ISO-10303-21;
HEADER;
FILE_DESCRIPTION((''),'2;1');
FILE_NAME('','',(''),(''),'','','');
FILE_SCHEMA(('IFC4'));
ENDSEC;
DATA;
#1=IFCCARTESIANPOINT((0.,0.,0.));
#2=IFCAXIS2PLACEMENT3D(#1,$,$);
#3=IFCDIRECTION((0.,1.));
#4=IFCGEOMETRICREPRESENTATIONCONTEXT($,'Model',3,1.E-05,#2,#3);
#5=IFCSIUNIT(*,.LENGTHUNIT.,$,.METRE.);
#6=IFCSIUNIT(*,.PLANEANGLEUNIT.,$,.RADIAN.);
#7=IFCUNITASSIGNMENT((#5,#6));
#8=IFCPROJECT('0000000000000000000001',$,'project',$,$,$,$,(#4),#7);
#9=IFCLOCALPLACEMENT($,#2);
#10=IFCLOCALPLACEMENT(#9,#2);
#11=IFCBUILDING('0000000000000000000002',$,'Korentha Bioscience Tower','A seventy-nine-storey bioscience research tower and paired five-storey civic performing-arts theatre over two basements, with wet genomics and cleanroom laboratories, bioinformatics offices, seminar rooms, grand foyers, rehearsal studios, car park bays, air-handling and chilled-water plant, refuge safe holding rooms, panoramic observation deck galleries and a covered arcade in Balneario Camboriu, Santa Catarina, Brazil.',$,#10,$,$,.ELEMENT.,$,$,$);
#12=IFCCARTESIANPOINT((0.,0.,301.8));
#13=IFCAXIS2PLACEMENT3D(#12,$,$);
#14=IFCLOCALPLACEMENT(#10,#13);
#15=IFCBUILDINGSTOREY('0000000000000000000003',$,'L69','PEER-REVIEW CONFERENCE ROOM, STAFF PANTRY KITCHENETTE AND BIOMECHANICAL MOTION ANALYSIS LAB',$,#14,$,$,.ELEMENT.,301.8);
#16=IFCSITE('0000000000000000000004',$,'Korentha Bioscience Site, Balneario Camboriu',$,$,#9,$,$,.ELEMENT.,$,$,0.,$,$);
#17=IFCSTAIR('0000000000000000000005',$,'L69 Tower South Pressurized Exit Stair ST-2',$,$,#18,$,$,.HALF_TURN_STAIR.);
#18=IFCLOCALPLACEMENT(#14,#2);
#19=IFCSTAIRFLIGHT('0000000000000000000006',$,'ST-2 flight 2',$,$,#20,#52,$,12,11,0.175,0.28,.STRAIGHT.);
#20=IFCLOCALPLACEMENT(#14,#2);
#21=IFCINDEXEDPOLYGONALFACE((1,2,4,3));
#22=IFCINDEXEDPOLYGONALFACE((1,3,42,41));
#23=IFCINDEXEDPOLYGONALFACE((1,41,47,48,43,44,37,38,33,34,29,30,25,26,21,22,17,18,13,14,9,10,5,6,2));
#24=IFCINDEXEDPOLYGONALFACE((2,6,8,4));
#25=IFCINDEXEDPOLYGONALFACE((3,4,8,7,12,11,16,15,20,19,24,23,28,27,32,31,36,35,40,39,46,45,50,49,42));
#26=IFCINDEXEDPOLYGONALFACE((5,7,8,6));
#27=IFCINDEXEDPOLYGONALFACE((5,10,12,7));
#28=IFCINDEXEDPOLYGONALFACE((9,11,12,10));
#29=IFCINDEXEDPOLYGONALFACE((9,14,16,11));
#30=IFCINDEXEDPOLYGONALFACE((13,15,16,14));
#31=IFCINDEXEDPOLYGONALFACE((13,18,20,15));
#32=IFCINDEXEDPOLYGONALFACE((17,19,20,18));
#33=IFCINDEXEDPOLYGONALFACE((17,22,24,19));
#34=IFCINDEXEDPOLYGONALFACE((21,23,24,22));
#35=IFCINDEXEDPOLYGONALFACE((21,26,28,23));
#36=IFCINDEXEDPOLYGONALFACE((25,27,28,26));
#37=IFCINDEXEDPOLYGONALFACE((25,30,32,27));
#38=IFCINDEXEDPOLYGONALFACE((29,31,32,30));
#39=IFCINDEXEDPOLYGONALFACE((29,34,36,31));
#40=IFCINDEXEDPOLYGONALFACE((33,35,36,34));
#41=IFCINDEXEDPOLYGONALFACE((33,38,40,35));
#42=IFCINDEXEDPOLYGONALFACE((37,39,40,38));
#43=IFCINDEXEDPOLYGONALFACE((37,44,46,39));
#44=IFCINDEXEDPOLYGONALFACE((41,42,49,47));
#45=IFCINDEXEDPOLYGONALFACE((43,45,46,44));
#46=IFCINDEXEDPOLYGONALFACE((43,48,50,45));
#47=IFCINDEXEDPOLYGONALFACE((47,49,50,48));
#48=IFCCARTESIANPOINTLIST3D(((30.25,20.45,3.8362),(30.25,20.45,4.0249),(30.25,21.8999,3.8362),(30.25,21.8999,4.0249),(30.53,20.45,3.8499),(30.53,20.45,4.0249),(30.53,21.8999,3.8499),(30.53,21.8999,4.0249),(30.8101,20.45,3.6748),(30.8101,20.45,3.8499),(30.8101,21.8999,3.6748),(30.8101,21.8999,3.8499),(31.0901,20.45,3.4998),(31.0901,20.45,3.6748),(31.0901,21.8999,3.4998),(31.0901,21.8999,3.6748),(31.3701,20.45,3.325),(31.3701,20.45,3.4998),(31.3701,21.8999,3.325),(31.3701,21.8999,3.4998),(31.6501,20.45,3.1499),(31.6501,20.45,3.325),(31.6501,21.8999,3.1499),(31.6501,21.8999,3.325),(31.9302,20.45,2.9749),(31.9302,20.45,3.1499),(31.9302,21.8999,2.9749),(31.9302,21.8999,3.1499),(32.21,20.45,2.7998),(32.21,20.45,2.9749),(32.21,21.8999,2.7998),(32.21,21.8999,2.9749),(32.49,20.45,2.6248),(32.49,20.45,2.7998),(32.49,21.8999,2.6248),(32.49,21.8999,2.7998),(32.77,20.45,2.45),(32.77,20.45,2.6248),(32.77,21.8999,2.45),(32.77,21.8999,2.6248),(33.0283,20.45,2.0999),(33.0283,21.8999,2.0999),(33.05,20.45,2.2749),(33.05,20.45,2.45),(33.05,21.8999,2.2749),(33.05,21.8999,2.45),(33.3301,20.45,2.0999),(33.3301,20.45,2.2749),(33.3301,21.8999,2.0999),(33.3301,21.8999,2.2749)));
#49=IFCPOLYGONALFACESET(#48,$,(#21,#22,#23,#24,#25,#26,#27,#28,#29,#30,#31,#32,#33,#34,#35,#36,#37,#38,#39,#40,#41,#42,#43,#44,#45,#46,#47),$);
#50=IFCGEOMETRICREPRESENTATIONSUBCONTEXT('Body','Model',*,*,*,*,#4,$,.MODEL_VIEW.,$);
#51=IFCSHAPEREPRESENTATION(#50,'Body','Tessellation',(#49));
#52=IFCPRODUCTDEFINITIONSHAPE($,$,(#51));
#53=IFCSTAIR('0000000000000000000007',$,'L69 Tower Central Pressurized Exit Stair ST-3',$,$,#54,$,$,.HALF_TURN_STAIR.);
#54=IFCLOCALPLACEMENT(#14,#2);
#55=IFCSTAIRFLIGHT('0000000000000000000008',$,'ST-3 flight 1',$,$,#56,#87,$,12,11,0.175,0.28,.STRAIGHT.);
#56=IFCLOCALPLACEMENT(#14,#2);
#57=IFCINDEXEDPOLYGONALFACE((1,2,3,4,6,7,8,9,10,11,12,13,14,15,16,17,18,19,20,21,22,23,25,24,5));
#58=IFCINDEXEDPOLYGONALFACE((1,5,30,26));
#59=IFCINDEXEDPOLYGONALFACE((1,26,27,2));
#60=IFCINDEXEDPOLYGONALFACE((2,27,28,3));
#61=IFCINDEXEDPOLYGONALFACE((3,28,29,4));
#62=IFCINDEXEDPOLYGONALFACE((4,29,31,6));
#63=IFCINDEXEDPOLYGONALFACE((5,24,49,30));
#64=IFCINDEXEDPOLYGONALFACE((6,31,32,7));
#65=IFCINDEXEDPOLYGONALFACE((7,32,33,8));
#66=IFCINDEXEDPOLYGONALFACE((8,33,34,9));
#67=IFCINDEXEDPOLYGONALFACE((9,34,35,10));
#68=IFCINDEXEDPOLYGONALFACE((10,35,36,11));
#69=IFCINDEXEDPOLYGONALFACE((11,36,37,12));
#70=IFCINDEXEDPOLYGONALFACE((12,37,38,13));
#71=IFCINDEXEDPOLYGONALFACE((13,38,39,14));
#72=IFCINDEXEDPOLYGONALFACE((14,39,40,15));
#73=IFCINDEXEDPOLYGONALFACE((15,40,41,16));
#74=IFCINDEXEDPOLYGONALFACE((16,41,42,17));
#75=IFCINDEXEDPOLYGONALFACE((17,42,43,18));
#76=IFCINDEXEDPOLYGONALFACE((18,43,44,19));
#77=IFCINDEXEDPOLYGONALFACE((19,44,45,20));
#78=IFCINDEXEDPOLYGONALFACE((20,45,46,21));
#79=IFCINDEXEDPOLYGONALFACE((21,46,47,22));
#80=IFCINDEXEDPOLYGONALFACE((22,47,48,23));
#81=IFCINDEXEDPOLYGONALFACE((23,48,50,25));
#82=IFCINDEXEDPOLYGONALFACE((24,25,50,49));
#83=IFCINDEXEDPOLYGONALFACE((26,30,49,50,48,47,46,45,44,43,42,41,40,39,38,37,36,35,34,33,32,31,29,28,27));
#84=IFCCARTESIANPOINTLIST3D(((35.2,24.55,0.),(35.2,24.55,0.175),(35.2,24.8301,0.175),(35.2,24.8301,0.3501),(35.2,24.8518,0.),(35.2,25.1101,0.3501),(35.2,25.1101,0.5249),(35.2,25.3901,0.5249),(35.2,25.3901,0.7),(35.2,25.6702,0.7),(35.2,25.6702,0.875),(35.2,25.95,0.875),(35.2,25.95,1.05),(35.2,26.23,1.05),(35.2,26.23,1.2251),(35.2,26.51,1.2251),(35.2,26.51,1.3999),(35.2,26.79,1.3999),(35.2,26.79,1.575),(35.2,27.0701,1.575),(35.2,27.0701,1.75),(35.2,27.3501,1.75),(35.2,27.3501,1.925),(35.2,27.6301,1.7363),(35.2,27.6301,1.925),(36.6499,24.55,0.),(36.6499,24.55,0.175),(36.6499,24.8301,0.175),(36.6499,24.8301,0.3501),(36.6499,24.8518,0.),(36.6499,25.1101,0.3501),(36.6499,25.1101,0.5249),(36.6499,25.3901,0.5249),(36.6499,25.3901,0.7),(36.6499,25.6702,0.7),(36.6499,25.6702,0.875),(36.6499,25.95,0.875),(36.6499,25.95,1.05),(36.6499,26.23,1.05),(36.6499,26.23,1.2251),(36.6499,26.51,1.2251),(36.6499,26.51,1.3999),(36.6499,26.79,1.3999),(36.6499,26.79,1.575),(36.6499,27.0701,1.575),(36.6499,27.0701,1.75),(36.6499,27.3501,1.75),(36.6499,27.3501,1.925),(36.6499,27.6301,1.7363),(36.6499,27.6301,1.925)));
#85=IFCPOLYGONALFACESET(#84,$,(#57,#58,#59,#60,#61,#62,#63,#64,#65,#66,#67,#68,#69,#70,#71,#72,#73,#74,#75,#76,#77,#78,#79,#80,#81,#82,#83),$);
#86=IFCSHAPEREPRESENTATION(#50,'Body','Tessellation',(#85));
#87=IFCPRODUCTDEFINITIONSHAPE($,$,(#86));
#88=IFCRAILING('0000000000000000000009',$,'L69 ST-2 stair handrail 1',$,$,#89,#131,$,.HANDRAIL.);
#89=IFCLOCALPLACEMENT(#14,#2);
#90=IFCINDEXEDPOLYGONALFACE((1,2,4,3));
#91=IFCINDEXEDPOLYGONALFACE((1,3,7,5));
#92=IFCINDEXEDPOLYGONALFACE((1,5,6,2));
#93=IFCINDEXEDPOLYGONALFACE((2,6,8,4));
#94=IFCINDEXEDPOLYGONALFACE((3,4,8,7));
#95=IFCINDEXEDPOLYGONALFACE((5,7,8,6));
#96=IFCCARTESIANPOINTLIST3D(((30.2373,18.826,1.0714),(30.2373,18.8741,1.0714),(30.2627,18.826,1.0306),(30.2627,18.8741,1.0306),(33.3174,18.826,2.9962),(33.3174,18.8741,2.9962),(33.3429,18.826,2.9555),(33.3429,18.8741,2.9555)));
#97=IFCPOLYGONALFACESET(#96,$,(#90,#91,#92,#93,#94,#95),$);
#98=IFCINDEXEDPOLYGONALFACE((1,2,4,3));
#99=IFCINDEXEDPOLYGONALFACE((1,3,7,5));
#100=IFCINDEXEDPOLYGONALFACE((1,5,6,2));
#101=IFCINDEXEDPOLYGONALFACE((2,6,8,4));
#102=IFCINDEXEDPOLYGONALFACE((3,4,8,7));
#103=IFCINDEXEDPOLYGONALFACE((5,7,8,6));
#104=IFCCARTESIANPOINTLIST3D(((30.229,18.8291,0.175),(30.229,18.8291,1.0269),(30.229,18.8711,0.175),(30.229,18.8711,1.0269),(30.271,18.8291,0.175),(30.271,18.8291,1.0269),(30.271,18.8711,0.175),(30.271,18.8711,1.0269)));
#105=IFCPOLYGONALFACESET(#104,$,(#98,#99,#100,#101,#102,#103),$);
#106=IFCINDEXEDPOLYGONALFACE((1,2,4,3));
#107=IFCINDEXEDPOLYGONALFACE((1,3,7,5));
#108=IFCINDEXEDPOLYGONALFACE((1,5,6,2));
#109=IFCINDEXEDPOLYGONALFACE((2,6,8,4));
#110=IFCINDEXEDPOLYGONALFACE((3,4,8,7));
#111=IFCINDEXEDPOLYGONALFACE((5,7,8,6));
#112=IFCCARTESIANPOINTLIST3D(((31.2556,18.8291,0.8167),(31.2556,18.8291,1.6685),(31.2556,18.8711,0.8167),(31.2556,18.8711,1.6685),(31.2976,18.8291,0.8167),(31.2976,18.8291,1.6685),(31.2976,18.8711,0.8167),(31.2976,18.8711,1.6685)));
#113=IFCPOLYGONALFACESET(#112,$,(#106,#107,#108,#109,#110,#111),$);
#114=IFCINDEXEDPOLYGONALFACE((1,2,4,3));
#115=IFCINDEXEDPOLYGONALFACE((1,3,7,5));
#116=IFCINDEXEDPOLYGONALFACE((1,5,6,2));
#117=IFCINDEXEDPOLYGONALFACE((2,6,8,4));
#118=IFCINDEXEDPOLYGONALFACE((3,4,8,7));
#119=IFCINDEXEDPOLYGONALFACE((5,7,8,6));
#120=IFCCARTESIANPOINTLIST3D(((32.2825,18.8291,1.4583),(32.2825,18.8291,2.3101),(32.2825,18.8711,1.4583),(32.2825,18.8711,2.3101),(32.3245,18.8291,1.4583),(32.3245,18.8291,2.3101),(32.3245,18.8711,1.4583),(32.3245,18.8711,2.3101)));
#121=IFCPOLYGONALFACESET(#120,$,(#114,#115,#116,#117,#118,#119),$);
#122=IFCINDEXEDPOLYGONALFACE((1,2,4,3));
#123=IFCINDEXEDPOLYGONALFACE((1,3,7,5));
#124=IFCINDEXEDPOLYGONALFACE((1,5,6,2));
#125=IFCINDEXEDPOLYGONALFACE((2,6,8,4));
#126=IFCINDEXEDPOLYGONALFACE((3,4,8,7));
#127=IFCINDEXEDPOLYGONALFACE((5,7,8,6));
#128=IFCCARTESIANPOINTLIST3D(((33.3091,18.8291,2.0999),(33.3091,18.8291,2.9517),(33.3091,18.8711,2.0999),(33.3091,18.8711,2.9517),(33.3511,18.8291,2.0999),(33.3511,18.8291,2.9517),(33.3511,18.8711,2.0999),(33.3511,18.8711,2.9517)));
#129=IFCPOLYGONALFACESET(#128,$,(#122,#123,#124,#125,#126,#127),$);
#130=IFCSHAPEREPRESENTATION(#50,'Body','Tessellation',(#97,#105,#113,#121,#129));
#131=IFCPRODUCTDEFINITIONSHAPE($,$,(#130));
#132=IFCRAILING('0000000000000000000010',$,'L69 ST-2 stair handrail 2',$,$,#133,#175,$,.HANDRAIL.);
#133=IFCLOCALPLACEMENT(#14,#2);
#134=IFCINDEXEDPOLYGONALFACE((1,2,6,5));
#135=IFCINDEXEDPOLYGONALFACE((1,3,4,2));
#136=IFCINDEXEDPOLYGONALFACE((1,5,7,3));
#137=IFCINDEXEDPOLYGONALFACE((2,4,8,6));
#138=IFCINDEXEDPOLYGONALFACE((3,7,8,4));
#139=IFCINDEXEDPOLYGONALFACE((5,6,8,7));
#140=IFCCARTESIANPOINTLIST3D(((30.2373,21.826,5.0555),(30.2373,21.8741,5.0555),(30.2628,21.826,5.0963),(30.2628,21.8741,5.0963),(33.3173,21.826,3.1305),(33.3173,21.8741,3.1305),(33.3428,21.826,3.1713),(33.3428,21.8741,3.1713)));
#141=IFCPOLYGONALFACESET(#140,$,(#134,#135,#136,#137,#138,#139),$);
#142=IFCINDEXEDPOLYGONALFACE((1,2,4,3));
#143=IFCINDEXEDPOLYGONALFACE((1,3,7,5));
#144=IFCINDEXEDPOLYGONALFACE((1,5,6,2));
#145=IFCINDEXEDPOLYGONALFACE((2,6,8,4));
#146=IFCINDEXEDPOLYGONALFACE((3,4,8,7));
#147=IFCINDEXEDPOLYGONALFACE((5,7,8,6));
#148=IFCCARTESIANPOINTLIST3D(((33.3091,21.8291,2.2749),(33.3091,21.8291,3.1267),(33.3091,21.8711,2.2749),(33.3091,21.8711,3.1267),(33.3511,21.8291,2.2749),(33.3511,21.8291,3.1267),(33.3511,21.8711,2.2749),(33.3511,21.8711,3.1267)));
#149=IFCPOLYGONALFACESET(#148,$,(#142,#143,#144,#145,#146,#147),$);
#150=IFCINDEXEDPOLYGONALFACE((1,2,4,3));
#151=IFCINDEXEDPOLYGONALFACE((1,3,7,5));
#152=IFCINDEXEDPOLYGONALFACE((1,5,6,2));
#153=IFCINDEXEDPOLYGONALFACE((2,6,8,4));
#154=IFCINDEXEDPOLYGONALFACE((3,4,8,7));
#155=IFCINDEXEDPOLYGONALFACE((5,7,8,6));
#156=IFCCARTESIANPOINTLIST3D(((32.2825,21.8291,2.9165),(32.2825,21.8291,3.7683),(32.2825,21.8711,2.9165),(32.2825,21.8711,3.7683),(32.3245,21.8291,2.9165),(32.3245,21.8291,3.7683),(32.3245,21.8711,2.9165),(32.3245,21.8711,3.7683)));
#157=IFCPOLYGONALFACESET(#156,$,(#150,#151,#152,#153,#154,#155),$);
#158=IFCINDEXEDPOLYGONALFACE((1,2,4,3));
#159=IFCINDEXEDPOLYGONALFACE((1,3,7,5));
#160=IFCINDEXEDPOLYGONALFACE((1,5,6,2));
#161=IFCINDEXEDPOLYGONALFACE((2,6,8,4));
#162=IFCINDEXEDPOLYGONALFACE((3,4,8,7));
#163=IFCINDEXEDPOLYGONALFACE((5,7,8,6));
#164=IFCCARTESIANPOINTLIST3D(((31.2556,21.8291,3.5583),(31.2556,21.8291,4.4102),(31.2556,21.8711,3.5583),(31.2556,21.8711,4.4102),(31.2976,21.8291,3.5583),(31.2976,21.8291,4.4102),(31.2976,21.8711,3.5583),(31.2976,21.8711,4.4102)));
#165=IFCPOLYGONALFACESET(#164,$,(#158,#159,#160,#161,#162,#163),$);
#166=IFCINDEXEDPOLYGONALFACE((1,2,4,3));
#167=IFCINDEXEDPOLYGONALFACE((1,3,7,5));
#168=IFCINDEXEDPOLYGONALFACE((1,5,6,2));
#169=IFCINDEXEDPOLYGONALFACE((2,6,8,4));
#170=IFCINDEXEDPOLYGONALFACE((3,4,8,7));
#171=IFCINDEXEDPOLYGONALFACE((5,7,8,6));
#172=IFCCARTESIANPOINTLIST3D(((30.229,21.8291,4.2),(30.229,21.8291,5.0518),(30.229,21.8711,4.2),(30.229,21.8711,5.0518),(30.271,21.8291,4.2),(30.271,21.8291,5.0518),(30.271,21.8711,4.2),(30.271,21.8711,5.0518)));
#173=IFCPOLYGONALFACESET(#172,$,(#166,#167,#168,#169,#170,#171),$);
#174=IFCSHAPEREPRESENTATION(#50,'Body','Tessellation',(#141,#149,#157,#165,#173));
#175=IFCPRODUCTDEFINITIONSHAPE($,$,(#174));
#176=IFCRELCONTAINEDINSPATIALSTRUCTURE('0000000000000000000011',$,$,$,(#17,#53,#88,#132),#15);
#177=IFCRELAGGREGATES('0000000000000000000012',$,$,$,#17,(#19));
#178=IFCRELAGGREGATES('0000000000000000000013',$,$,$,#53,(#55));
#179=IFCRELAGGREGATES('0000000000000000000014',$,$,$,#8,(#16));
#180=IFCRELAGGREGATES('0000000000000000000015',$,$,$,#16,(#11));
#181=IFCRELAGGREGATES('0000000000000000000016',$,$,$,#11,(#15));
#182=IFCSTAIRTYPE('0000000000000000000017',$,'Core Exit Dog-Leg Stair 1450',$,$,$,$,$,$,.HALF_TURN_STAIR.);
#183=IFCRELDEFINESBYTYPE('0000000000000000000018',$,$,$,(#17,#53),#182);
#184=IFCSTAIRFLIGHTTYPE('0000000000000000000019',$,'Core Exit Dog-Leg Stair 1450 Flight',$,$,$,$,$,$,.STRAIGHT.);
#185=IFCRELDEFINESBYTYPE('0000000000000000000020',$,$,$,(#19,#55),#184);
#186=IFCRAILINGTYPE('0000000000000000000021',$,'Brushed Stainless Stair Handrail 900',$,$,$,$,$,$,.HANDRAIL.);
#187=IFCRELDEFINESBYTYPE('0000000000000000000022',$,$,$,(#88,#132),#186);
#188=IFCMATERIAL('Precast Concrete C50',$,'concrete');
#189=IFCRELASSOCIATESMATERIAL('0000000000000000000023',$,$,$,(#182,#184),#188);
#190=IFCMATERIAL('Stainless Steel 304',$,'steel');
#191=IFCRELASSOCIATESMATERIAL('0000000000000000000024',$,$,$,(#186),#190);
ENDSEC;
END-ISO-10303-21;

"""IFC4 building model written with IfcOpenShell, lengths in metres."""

from ifc_helpers import new_model, si_unit, direction, frame, origin, origin_2d, place, context, subcontext, project, spatial, polyline, rectangle, outline, extrude, material, type_object, element, aggregate, save


model = new_model("IFC4")

# Units and contexts
model_context = context("Model", 3, precision=1e-05, world=origin(), true_north=direction((0.0, 1.0)))
body_context = subcontext(model_context, "Body", "Model", "MODEL_VIEW")
ifc_project = project(units=[si_unit("LENGTHUNIT", "METRE"), si_unit("PLANEANGLEUNIT", "RADIAN")], contexts=[model_context])

# Site, building, storey
site_placement = place(None, origin())
site = spatial("IfcSite", under=ifc_project, at=site_placement, Name="Korentha Bioscience Site, Balneario Camboriu", CompositionType="ELEMENT", RefElevation=0.0)
building_placement = place(site_placement, origin())
building = spatial("IfcBuilding", under=site, at=building_placement, Name="Korentha Bioscience Tower", Description="A seventy-nine-storey bioscience research tower and paired five-storey civic performing-arts theatre over two basements, with wet genomics and cleanroom laboratories, bioinformatics offices, seminar rooms, grand foyers, rehearsal studios, car park bays, air-handling and chilled-water plant, refuge safe holding rooms, panoramic observation deck galleries and a covered arcade in Balneario Camboriu, Santa Catarina, Brazil.", CompositionType="ELEMENT")
storey_placement = place(building_placement, frame((0.0, 0.0, 301.8)))
storey = spatial("IfcBuildingStorey", under=building, at=storey_placement, Name="L69", Description="PEER-REVIEW CONFERENCE ROOM, STAFF PANTRY KITCHENETTE AND BIOMECHANICAL MOTION ANALYSIS LAB", CompositionType="ELEMENT", Elevation=301.8)

# Stair, stair flight
ifc_material_1 = material(Name="Precast Concrete C50", Category="concrete")
stair_type = type_object("IfcStairType", Name="Core Exit Dog-Leg Stair 1450", PredefinedType="HALF_TURN_STAIR", material=ifc_material_1)
stair_1_placement = place(storey_placement, origin())
stair_1 = element("IfcStair", 1, at=stair_1_placement, inside=storey, type_object=stair_type, Name="L69 Tower South Pressurized Exit Stair ST-2", PredefinedType="HALF_TURN_STAIR")
stair_flight_type = type_object("IfcStairFlightType", Name="Core Exit Dog-Leg Stair 1450 Flight", PredefinedType="STRAIGHT", material=ifc_material_1)
stair_flight_1_placement = place(storey_placement, frame((33.3301, 21.175, 2.0999), z_axis=(0.0, 0.0, 1.0), x_axis=(-1.0, 0.0, 0.0)))
stair_flight_1 = element("IfcStairFlight", 2, at=stair_flight_1_placement, type_object=stair_flight_type, Name="ST-2 flight 2", NumberOfRisers=12, NumberOfTreads=11, PredefinedType="STRAIGHT", RiserHeight=0.175, TreadLength=0.28, context=body_context, shape_type="SweptSolid", body=[
    extrude(outline(polyline([(0.0, 0.0), (0.0, 0.175), (0.28, 0.175), (0.28, 0.3501), (0.5601, 0.3501), (0.5601, 0.5249), (0.8401, 0.5249), (0.8401, 0.7), (1.1201, 0.7), (1.1201, 0.875), (1.3999, 0.875), (1.3999, 1.05), (1.6799, 1.05), (1.6799, 1.2251), (1.96, 1.2251), (1.96, 1.3999), (2.24, 1.3999), (2.24, 1.575), (2.52, 1.575), (2.52, 1.75), (2.8, 1.75), (2.8, 1.925), (3.0801, 1.925), (3.0801, 2.1001), (3.0801, 1.7363), (0.3018, 0.0), (0.0, 0.0)])), frame((0.0, 0.7251, 0.0), z_axis=(0.0, -1.0, 0.0), x_axis=(1.0, 0.0, 0.0)), (0.0, 0.0, 1.0), 1.45),
])
aggregate(stair_1, [stair_flight_1])

# Stair, stair flight
stair_2_placement = place(storey_placement, origin())
stair_2 = element("IfcStair", 3, at=stair_2_placement, inside=storey, type_object=stair_type, Name="L69 Tower Central Pressurized Exit Stair ST-3", PredefinedType="HALF_TURN_STAIR")
stair_flight_2_placement = place(storey_placement, frame((35.925, 24.55, 0.0), z_axis=(0.0, 0.0, 1.0), x_axis=(0.0, 1.0, 0.0)))
stair_flight_2 = element("IfcStairFlight", 4, at=stair_flight_2_placement, type_object=stair_flight_type, Name="ST-3 flight 1", NumberOfRisers=12, NumberOfTreads=11, PredefinedType="STRAIGHT", RiserHeight=0.175, TreadLength=0.28, context=body_context, shape_type="SweptSolid", body=[
    extrude(outline(polyline([(0.0, 0.0), (0.0, 0.175), (0.28, 0.175), (0.28, 0.3501), (0.5601, 0.3501), (0.5601, 0.5249), (0.8401, 0.5249), (0.8401, 0.7), (1.1201, 0.7), (1.1201, 0.875), (1.3999, 0.875), (1.3999, 1.05), (1.6799, 1.05), (1.6799, 1.2251), (1.96, 1.2251), (1.96, 1.3999), (2.24, 1.3999), (2.24, 1.575), (2.52, 1.575), (2.52, 1.75), (2.8, 1.75), (2.8, 1.925), (3.0801, 1.925), (3.0801, 2.1001), (3.0801, 1.7363), (0.3018, 0.0), (0.0, 0.0)])), frame((0.0, 0.7251, 0.0), z_axis=(0.0, -1.0, 0.0), x_axis=(1.0, 0.0, 0.0)), (0.0, 0.0, 1.0), 1.45),
])
aggregate(stair_2, [stair_flight_2])

# Railings
ifc_material_2 = material(Name="Stainless Steel 304", Category="steel")
railing_type_1 = type_object("IfcRailingType", Name="Brushed Stainless Stair Handrail 900", PredefinedType="HANDRAIL", material=ifc_material_2)
railing_1_placement = place(storey_placement, frame((30.25, 18.8501, 0.175)))
element("IfcRailing", 5, at=railing_1_placement, inside=storey, type_object=railing_type_1, Name="L69 ST-2 stair handrail 1", PredefinedType="HANDRAIL", context=body_context, shape_type="SweptSolid", body=[
    extrude(rectangle(XDim=0.0481, YDim=0.0481, at=origin_2d()), frame((0.0, 0.0, 0.876), z_axis=(0.848029, 0.0, 0.529951), x_axis=(0.0, 1.0, 0.0)), (0.0, 0.0, 1.0), 3.6321),
    extrude(rectangle(XDim=0.042, YDim=0.042, at=origin_2d()), origin(), (0.0, 0.0, 1.0), 0.8518),
    extrude(rectangle(XDim=0.042, YDim=0.042, at=origin_2d()), frame((1.0266, 0.0, 0.6416)), (0.0, 0.0, 1.0), 0.8518),
    extrude(rectangle(XDim=0.042, YDim=0.042, at=origin_2d()), frame((2.0535, 0.0, 1.2832)), (0.0, 0.0, 1.0), 0.8518),
    extrude(rectangle(XDim=0.042, YDim=0.042, at=origin_2d()), frame((3.0801, 0.0, 1.9248)), (0.0, 0.0, 1.0), 0.8518),
])
railing_2_placement = place(storey_placement, frame((33.3301, 21.8501, 2.2749)))
element("IfcRailing", 6, at=railing_2_placement, inside=storey, type_object=railing_type_1, Name="L69 ST-2 stair handrail 2", PredefinedType="HANDRAIL", context=body_context, shape_type="SweptSolid", body=[
    extrude(rectangle(XDim=0.0481, YDim=0.0481, at=origin_2d()), frame((0.0, 0.0, 0.876), z_axis=(-0.847998, 0.0, 0.529999), x_axis=(0.0, -1.0, 0.0)), (0.0, 0.0, 1.0), 3.6321),
    extrude(rectangle(XDim=0.042, YDim=0.042, at=origin_2d()), origin(), (0.0, 0.0, 1.0), 0.8518),
    extrude(rectangle(XDim=0.042, YDim=0.042, at=origin_2d()), frame((-1.0266, 0.0, 0.6416)), (0.0, 0.0, 1.0), 0.8518),
    extrude(rectangle(XDim=0.042, YDim=0.042, at=origin_2d()), frame((-2.0535, 0.0, 1.2834)), (0.0, 0.0, 1.0), 0.8518),
    extrude(rectangle(XDim=0.042, YDim=0.042, at=origin_2d()), frame((-3.0801, 0.0, 1.925)), (0.0, 0.0, 1.0), 0.8518),
])

save(model, "model.ifc")
